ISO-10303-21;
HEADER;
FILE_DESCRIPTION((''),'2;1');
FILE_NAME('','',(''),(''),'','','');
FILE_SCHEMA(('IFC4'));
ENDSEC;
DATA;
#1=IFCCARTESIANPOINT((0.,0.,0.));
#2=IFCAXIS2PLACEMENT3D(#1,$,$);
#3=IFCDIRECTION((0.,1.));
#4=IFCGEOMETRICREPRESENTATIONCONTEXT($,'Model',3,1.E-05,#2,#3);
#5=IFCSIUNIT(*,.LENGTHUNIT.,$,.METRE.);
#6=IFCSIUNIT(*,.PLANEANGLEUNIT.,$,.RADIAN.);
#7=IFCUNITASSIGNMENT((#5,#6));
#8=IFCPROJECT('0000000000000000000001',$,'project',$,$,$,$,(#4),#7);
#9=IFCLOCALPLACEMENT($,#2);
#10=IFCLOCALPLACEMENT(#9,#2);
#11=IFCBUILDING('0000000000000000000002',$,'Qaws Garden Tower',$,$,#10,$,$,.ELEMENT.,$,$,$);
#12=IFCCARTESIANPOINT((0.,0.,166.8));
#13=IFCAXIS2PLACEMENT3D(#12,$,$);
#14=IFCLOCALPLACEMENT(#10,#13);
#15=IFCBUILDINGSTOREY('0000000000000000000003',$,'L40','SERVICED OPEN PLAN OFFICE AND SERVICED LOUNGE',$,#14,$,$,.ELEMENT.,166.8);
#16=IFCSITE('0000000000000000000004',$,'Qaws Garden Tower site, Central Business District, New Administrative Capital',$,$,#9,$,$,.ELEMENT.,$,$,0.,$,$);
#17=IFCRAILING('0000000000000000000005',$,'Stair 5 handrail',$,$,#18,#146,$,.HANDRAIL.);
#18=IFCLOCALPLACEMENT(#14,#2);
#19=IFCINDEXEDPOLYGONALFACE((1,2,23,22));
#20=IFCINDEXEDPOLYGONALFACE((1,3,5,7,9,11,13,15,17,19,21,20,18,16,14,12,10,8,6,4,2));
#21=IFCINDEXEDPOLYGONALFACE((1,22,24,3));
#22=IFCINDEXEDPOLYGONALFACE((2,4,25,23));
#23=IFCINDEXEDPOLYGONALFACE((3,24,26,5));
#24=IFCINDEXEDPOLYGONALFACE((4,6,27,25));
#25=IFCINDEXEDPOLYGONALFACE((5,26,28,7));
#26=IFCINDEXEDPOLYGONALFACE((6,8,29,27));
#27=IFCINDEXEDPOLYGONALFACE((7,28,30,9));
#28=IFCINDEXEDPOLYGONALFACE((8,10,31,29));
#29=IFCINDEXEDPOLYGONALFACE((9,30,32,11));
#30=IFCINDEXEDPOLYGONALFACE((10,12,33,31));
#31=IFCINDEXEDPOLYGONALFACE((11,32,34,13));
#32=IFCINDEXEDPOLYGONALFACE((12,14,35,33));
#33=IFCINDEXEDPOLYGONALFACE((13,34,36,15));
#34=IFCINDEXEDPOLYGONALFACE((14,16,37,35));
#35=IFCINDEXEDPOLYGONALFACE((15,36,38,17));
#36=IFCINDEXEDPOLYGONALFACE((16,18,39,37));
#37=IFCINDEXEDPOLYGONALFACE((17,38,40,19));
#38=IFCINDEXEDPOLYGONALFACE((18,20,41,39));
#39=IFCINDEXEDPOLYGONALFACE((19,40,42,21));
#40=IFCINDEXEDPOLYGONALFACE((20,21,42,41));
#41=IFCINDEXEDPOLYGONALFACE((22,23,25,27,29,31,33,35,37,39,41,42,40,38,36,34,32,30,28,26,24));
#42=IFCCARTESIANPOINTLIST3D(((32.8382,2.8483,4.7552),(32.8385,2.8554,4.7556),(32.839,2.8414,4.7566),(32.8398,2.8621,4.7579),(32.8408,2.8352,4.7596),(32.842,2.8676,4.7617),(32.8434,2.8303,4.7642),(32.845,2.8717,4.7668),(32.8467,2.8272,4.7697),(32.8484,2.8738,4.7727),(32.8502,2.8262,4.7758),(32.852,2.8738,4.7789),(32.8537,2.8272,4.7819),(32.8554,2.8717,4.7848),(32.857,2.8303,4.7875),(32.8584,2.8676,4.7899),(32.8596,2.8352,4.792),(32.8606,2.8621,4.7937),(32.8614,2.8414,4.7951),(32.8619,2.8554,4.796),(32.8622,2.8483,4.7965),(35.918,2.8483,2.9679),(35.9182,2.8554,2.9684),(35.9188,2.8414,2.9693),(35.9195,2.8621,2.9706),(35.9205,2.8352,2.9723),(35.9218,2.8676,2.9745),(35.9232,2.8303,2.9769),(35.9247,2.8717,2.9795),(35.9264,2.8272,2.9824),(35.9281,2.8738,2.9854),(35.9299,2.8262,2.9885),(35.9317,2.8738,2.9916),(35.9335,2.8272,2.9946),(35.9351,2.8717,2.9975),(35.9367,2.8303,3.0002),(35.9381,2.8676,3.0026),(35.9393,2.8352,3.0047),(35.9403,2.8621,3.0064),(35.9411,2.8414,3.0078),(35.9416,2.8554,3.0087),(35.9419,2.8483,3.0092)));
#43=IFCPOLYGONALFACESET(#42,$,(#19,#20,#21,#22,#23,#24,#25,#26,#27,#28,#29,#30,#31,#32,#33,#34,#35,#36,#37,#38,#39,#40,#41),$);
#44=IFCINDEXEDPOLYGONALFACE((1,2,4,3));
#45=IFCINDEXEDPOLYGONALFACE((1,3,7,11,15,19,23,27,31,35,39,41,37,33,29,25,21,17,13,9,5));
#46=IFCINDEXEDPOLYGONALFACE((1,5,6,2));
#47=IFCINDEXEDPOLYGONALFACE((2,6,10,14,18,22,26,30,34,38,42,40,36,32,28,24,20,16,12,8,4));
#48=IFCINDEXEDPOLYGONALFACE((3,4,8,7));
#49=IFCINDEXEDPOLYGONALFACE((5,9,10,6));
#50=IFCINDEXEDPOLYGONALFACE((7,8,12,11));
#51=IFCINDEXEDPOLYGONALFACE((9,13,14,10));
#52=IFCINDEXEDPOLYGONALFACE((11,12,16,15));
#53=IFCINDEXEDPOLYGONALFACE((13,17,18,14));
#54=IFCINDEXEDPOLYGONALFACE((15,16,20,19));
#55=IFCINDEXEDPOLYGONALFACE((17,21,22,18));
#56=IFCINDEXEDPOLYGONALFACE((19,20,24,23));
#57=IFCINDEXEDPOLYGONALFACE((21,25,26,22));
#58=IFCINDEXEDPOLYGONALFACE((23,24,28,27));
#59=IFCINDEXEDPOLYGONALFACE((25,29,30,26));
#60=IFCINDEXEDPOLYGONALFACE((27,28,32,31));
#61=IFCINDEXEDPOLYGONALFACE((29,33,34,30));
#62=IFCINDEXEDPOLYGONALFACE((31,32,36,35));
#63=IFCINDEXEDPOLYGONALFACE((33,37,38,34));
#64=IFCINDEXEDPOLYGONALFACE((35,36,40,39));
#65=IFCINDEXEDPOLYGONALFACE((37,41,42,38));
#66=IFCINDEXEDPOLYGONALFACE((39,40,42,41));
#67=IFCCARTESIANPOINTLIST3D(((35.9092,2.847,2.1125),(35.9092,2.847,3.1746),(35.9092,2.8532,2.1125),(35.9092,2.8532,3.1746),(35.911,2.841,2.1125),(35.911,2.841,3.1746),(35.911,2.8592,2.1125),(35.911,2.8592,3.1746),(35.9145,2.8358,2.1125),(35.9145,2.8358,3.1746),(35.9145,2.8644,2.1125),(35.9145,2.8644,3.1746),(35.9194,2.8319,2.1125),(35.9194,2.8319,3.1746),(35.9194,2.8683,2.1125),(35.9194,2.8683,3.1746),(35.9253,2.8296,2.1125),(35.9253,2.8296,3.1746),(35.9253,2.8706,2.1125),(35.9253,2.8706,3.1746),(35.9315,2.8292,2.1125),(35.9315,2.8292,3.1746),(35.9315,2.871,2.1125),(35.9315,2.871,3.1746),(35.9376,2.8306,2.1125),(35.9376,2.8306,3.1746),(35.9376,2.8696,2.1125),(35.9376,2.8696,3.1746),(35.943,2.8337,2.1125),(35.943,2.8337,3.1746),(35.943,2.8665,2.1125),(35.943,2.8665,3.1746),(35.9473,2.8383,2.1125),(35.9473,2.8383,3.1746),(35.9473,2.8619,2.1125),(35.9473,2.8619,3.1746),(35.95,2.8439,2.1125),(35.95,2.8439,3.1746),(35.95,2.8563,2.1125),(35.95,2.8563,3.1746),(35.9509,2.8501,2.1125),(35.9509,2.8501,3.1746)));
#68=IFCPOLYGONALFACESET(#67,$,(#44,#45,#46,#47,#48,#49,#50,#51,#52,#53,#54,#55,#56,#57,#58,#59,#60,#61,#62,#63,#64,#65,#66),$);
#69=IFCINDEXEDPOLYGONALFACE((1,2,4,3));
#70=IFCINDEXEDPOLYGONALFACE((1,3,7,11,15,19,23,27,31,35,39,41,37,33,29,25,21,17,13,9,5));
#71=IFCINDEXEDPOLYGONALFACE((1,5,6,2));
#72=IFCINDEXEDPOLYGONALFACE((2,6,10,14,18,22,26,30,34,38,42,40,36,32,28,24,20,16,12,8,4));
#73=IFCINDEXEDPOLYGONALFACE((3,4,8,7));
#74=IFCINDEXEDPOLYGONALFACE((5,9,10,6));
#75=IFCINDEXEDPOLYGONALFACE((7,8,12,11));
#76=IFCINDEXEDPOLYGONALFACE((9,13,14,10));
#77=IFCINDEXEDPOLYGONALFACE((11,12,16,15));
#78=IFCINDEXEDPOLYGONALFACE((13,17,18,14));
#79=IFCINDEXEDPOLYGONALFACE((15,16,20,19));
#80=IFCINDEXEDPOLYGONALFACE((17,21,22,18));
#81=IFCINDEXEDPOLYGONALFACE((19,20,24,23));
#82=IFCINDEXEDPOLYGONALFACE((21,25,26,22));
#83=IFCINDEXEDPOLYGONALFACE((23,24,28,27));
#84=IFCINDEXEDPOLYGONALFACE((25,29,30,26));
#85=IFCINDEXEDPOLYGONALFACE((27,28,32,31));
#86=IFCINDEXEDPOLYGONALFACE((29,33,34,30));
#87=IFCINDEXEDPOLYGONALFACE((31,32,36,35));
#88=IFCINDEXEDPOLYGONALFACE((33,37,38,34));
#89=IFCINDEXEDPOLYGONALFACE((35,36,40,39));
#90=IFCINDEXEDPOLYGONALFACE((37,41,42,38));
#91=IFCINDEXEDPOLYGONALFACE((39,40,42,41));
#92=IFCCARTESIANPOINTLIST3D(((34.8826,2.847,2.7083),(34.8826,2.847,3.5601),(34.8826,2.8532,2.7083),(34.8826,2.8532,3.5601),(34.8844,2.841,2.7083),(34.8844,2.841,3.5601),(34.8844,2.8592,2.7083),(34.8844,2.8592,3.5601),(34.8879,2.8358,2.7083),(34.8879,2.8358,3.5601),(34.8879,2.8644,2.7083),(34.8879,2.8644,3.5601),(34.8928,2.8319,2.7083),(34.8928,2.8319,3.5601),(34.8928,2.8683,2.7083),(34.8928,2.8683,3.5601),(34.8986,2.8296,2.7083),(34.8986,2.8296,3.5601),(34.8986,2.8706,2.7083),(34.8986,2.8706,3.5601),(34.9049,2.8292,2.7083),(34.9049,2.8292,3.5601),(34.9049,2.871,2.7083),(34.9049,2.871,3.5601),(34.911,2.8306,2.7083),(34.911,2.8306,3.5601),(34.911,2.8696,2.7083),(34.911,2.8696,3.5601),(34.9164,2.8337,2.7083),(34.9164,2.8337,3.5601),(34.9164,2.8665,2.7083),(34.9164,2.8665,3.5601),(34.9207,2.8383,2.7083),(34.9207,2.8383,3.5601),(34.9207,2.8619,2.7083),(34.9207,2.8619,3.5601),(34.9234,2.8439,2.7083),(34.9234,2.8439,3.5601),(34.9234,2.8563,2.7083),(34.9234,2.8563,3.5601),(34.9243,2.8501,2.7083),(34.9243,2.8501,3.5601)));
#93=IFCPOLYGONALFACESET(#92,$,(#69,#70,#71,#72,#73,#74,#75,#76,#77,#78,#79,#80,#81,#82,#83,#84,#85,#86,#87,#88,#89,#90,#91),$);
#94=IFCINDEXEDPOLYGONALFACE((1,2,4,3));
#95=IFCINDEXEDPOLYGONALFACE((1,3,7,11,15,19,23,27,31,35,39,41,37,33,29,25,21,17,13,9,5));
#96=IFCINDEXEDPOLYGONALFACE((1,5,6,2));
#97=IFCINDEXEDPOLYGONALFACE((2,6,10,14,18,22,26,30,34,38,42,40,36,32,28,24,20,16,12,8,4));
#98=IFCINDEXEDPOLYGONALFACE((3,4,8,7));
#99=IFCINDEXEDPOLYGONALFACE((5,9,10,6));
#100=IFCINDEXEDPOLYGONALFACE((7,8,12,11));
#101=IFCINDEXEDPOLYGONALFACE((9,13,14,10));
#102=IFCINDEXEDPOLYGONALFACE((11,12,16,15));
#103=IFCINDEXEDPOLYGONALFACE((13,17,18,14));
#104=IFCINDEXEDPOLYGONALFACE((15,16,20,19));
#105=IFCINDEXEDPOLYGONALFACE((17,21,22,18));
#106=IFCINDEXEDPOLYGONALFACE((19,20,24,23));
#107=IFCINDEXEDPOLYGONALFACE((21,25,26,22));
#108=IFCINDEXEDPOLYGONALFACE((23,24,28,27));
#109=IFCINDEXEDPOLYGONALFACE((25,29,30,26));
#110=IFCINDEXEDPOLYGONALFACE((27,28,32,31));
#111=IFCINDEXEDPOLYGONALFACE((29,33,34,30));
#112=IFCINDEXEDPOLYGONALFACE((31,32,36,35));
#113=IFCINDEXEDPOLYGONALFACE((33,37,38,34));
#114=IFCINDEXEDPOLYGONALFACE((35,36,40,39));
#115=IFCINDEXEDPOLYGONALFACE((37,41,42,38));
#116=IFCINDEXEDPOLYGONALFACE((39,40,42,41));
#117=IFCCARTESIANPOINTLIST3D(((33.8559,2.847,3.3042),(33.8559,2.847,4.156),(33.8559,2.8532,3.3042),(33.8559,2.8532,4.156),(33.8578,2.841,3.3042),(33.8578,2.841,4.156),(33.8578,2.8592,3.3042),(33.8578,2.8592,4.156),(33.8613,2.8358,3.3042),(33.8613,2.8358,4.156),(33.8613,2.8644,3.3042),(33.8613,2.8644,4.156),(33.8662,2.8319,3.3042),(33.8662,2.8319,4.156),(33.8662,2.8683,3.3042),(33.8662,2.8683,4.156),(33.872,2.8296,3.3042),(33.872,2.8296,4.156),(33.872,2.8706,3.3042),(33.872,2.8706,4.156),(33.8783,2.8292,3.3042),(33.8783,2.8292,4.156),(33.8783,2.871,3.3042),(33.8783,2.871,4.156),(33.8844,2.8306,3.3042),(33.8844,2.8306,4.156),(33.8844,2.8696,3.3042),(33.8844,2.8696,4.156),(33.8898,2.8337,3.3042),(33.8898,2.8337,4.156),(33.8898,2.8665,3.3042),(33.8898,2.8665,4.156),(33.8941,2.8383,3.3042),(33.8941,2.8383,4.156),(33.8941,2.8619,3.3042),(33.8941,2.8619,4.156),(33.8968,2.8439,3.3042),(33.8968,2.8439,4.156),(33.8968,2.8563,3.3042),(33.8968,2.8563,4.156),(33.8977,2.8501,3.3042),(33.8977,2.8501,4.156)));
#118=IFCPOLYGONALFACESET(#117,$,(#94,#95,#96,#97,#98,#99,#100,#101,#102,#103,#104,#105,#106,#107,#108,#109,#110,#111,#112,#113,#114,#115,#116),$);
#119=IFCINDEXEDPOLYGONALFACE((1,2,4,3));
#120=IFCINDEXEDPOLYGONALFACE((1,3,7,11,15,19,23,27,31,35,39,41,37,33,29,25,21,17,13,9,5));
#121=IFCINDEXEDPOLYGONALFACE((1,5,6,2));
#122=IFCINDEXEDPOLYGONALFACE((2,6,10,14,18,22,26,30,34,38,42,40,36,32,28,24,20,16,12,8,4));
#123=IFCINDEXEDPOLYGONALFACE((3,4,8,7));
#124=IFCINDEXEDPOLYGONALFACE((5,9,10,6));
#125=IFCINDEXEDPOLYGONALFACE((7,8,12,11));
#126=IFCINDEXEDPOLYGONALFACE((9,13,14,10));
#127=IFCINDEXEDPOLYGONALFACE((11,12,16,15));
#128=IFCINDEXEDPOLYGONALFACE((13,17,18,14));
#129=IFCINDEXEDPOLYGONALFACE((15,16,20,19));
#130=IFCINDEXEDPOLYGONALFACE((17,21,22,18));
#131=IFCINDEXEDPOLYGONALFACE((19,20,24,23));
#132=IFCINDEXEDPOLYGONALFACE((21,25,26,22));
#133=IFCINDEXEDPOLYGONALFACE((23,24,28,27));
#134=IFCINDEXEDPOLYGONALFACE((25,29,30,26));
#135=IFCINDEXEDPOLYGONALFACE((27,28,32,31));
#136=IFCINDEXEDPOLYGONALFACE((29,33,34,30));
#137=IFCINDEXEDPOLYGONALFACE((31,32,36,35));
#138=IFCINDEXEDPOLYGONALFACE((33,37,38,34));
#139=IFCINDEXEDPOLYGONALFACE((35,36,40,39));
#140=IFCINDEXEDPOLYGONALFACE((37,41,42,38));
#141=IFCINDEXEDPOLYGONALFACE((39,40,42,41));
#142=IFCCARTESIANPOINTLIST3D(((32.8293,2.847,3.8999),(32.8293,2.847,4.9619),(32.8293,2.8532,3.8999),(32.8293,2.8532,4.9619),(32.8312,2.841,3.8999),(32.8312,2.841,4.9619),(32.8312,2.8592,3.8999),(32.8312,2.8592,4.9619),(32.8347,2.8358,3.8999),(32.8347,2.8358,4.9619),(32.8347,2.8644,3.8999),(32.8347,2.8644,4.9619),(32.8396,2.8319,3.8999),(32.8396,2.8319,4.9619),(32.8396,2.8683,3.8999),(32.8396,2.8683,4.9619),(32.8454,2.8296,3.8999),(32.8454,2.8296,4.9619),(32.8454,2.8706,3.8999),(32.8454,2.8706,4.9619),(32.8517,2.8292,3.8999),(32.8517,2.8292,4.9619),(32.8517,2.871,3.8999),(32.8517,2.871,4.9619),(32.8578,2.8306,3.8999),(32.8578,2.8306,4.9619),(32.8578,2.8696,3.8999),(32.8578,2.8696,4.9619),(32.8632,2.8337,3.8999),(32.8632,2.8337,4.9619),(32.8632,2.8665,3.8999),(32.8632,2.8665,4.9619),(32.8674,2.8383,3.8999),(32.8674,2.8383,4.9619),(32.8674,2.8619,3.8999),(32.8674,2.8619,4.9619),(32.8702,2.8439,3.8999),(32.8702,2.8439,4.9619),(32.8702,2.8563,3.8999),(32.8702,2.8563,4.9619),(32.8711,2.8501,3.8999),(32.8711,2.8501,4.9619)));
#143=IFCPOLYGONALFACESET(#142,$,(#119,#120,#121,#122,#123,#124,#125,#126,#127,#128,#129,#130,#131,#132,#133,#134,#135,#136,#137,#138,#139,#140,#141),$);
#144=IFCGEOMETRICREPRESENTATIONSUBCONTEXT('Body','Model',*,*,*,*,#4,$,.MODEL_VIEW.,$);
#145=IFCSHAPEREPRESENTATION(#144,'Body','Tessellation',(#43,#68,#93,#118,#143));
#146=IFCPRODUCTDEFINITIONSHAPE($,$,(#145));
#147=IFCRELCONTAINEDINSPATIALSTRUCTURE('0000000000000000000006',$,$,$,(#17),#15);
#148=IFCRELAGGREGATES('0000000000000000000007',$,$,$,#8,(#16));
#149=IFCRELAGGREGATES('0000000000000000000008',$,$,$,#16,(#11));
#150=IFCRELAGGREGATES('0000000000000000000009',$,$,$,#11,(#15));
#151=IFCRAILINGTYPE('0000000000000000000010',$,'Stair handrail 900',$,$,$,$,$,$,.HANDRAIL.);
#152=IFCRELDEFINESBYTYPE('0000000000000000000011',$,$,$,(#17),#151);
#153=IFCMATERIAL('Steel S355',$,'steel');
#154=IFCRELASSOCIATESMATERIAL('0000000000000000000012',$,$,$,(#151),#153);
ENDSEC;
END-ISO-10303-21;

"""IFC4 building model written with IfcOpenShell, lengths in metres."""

from ifc_helpers import new_model, si_unit, direction, frame, origin, origin_2d, place, context, subcontext, project, spatial, circle, extrude, material, type_object, element, save


model = new_model("IFC4")

# Units and contexts
model_context = context("Model", 3, precision=1e-05, world=origin(), true_north=direction((0.0, 1.0)))
body_context = subcontext(model_context, "Body", "Model", "MODEL_VIEW")
ifc_project = project(units=[si_unit("LENGTHUNIT", "METRE"), si_unit("PLANEANGLEUNIT", "RADIAN")], contexts=[model_context])

# Site, building, storey
site_placement = place(None, origin())
site = spatial("IfcSite", under=ifc_project, at=site_placement, Name="Qaws Garden Tower site, Central Business District, New Administrative Capital", CompositionType="ELEMENT", RefElevation=0.0)
building_placement = place(site_placement, origin())
building = spatial("IfcBuilding", under=site, at=building_placement, Name="Qaws Garden Tower", CompositionType="ELEMENT")
storey_placement = place(building_placement, frame((0.0, 0.0, 166.8)))
storey = spatial("IfcBuildingStorey", under=building, at=storey_placement, Name="L40", Description="SERVICED OPEN PLAN OFFICE AND SERVICED LOUNGE", CompositionType="ELEMENT", Elevation=166.8)

# Railing
ifc_material_1 = material(Name="Steel S355", Category="steel")
railing_type = type_object("IfcRailingType", Name="Stair handrail 900", PredefinedType="HANDRAIL", material=ifc_material_1)
railing_1_placement = place(storey_placement, frame((35.9299, 2.8501, 2.1125)))
element("IfcRailing", 1, at=railing_1_placement, inside=storey, type_object=railing_type, Name="Stair 5 handrail", PredefinedType="HANDRAIL", context=body_context, shape_type="SweptSolid", body=[
    extrude(circle(Radius=0.0239, at=origin_2d()), frame((0.0, 0.0, 0.876), z_axis=(-0.864903, 0.0, 0.501939), x_axis=(0.0, -1.0, 0.0)), (0.0, 0.0, 1.0), 3.5608),
    extrude(circle(Radius=0.021, at=origin_2d()), origin(), (0.0, 0.0, 1.0), 1.062),
    extrude(circle(Radius=0.021, at=origin_2d()), frame((-1.0266, 0.0, 0.5957)), (0.0, 0.0, 1.0), 0.8518),
    extrude(circle(Radius=0.021, at=origin_2d()), frame((-2.0532, 0.0, 1.1917)), (0.0, 0.0, 1.0), 0.8518),
    extrude(circle(Radius=0.021, at=origin_2d()), frame((-3.0798, 0.0, 1.7874)), (0.0, 0.0, 1.0), 1.062),
])

save(model, "model.ifc")
